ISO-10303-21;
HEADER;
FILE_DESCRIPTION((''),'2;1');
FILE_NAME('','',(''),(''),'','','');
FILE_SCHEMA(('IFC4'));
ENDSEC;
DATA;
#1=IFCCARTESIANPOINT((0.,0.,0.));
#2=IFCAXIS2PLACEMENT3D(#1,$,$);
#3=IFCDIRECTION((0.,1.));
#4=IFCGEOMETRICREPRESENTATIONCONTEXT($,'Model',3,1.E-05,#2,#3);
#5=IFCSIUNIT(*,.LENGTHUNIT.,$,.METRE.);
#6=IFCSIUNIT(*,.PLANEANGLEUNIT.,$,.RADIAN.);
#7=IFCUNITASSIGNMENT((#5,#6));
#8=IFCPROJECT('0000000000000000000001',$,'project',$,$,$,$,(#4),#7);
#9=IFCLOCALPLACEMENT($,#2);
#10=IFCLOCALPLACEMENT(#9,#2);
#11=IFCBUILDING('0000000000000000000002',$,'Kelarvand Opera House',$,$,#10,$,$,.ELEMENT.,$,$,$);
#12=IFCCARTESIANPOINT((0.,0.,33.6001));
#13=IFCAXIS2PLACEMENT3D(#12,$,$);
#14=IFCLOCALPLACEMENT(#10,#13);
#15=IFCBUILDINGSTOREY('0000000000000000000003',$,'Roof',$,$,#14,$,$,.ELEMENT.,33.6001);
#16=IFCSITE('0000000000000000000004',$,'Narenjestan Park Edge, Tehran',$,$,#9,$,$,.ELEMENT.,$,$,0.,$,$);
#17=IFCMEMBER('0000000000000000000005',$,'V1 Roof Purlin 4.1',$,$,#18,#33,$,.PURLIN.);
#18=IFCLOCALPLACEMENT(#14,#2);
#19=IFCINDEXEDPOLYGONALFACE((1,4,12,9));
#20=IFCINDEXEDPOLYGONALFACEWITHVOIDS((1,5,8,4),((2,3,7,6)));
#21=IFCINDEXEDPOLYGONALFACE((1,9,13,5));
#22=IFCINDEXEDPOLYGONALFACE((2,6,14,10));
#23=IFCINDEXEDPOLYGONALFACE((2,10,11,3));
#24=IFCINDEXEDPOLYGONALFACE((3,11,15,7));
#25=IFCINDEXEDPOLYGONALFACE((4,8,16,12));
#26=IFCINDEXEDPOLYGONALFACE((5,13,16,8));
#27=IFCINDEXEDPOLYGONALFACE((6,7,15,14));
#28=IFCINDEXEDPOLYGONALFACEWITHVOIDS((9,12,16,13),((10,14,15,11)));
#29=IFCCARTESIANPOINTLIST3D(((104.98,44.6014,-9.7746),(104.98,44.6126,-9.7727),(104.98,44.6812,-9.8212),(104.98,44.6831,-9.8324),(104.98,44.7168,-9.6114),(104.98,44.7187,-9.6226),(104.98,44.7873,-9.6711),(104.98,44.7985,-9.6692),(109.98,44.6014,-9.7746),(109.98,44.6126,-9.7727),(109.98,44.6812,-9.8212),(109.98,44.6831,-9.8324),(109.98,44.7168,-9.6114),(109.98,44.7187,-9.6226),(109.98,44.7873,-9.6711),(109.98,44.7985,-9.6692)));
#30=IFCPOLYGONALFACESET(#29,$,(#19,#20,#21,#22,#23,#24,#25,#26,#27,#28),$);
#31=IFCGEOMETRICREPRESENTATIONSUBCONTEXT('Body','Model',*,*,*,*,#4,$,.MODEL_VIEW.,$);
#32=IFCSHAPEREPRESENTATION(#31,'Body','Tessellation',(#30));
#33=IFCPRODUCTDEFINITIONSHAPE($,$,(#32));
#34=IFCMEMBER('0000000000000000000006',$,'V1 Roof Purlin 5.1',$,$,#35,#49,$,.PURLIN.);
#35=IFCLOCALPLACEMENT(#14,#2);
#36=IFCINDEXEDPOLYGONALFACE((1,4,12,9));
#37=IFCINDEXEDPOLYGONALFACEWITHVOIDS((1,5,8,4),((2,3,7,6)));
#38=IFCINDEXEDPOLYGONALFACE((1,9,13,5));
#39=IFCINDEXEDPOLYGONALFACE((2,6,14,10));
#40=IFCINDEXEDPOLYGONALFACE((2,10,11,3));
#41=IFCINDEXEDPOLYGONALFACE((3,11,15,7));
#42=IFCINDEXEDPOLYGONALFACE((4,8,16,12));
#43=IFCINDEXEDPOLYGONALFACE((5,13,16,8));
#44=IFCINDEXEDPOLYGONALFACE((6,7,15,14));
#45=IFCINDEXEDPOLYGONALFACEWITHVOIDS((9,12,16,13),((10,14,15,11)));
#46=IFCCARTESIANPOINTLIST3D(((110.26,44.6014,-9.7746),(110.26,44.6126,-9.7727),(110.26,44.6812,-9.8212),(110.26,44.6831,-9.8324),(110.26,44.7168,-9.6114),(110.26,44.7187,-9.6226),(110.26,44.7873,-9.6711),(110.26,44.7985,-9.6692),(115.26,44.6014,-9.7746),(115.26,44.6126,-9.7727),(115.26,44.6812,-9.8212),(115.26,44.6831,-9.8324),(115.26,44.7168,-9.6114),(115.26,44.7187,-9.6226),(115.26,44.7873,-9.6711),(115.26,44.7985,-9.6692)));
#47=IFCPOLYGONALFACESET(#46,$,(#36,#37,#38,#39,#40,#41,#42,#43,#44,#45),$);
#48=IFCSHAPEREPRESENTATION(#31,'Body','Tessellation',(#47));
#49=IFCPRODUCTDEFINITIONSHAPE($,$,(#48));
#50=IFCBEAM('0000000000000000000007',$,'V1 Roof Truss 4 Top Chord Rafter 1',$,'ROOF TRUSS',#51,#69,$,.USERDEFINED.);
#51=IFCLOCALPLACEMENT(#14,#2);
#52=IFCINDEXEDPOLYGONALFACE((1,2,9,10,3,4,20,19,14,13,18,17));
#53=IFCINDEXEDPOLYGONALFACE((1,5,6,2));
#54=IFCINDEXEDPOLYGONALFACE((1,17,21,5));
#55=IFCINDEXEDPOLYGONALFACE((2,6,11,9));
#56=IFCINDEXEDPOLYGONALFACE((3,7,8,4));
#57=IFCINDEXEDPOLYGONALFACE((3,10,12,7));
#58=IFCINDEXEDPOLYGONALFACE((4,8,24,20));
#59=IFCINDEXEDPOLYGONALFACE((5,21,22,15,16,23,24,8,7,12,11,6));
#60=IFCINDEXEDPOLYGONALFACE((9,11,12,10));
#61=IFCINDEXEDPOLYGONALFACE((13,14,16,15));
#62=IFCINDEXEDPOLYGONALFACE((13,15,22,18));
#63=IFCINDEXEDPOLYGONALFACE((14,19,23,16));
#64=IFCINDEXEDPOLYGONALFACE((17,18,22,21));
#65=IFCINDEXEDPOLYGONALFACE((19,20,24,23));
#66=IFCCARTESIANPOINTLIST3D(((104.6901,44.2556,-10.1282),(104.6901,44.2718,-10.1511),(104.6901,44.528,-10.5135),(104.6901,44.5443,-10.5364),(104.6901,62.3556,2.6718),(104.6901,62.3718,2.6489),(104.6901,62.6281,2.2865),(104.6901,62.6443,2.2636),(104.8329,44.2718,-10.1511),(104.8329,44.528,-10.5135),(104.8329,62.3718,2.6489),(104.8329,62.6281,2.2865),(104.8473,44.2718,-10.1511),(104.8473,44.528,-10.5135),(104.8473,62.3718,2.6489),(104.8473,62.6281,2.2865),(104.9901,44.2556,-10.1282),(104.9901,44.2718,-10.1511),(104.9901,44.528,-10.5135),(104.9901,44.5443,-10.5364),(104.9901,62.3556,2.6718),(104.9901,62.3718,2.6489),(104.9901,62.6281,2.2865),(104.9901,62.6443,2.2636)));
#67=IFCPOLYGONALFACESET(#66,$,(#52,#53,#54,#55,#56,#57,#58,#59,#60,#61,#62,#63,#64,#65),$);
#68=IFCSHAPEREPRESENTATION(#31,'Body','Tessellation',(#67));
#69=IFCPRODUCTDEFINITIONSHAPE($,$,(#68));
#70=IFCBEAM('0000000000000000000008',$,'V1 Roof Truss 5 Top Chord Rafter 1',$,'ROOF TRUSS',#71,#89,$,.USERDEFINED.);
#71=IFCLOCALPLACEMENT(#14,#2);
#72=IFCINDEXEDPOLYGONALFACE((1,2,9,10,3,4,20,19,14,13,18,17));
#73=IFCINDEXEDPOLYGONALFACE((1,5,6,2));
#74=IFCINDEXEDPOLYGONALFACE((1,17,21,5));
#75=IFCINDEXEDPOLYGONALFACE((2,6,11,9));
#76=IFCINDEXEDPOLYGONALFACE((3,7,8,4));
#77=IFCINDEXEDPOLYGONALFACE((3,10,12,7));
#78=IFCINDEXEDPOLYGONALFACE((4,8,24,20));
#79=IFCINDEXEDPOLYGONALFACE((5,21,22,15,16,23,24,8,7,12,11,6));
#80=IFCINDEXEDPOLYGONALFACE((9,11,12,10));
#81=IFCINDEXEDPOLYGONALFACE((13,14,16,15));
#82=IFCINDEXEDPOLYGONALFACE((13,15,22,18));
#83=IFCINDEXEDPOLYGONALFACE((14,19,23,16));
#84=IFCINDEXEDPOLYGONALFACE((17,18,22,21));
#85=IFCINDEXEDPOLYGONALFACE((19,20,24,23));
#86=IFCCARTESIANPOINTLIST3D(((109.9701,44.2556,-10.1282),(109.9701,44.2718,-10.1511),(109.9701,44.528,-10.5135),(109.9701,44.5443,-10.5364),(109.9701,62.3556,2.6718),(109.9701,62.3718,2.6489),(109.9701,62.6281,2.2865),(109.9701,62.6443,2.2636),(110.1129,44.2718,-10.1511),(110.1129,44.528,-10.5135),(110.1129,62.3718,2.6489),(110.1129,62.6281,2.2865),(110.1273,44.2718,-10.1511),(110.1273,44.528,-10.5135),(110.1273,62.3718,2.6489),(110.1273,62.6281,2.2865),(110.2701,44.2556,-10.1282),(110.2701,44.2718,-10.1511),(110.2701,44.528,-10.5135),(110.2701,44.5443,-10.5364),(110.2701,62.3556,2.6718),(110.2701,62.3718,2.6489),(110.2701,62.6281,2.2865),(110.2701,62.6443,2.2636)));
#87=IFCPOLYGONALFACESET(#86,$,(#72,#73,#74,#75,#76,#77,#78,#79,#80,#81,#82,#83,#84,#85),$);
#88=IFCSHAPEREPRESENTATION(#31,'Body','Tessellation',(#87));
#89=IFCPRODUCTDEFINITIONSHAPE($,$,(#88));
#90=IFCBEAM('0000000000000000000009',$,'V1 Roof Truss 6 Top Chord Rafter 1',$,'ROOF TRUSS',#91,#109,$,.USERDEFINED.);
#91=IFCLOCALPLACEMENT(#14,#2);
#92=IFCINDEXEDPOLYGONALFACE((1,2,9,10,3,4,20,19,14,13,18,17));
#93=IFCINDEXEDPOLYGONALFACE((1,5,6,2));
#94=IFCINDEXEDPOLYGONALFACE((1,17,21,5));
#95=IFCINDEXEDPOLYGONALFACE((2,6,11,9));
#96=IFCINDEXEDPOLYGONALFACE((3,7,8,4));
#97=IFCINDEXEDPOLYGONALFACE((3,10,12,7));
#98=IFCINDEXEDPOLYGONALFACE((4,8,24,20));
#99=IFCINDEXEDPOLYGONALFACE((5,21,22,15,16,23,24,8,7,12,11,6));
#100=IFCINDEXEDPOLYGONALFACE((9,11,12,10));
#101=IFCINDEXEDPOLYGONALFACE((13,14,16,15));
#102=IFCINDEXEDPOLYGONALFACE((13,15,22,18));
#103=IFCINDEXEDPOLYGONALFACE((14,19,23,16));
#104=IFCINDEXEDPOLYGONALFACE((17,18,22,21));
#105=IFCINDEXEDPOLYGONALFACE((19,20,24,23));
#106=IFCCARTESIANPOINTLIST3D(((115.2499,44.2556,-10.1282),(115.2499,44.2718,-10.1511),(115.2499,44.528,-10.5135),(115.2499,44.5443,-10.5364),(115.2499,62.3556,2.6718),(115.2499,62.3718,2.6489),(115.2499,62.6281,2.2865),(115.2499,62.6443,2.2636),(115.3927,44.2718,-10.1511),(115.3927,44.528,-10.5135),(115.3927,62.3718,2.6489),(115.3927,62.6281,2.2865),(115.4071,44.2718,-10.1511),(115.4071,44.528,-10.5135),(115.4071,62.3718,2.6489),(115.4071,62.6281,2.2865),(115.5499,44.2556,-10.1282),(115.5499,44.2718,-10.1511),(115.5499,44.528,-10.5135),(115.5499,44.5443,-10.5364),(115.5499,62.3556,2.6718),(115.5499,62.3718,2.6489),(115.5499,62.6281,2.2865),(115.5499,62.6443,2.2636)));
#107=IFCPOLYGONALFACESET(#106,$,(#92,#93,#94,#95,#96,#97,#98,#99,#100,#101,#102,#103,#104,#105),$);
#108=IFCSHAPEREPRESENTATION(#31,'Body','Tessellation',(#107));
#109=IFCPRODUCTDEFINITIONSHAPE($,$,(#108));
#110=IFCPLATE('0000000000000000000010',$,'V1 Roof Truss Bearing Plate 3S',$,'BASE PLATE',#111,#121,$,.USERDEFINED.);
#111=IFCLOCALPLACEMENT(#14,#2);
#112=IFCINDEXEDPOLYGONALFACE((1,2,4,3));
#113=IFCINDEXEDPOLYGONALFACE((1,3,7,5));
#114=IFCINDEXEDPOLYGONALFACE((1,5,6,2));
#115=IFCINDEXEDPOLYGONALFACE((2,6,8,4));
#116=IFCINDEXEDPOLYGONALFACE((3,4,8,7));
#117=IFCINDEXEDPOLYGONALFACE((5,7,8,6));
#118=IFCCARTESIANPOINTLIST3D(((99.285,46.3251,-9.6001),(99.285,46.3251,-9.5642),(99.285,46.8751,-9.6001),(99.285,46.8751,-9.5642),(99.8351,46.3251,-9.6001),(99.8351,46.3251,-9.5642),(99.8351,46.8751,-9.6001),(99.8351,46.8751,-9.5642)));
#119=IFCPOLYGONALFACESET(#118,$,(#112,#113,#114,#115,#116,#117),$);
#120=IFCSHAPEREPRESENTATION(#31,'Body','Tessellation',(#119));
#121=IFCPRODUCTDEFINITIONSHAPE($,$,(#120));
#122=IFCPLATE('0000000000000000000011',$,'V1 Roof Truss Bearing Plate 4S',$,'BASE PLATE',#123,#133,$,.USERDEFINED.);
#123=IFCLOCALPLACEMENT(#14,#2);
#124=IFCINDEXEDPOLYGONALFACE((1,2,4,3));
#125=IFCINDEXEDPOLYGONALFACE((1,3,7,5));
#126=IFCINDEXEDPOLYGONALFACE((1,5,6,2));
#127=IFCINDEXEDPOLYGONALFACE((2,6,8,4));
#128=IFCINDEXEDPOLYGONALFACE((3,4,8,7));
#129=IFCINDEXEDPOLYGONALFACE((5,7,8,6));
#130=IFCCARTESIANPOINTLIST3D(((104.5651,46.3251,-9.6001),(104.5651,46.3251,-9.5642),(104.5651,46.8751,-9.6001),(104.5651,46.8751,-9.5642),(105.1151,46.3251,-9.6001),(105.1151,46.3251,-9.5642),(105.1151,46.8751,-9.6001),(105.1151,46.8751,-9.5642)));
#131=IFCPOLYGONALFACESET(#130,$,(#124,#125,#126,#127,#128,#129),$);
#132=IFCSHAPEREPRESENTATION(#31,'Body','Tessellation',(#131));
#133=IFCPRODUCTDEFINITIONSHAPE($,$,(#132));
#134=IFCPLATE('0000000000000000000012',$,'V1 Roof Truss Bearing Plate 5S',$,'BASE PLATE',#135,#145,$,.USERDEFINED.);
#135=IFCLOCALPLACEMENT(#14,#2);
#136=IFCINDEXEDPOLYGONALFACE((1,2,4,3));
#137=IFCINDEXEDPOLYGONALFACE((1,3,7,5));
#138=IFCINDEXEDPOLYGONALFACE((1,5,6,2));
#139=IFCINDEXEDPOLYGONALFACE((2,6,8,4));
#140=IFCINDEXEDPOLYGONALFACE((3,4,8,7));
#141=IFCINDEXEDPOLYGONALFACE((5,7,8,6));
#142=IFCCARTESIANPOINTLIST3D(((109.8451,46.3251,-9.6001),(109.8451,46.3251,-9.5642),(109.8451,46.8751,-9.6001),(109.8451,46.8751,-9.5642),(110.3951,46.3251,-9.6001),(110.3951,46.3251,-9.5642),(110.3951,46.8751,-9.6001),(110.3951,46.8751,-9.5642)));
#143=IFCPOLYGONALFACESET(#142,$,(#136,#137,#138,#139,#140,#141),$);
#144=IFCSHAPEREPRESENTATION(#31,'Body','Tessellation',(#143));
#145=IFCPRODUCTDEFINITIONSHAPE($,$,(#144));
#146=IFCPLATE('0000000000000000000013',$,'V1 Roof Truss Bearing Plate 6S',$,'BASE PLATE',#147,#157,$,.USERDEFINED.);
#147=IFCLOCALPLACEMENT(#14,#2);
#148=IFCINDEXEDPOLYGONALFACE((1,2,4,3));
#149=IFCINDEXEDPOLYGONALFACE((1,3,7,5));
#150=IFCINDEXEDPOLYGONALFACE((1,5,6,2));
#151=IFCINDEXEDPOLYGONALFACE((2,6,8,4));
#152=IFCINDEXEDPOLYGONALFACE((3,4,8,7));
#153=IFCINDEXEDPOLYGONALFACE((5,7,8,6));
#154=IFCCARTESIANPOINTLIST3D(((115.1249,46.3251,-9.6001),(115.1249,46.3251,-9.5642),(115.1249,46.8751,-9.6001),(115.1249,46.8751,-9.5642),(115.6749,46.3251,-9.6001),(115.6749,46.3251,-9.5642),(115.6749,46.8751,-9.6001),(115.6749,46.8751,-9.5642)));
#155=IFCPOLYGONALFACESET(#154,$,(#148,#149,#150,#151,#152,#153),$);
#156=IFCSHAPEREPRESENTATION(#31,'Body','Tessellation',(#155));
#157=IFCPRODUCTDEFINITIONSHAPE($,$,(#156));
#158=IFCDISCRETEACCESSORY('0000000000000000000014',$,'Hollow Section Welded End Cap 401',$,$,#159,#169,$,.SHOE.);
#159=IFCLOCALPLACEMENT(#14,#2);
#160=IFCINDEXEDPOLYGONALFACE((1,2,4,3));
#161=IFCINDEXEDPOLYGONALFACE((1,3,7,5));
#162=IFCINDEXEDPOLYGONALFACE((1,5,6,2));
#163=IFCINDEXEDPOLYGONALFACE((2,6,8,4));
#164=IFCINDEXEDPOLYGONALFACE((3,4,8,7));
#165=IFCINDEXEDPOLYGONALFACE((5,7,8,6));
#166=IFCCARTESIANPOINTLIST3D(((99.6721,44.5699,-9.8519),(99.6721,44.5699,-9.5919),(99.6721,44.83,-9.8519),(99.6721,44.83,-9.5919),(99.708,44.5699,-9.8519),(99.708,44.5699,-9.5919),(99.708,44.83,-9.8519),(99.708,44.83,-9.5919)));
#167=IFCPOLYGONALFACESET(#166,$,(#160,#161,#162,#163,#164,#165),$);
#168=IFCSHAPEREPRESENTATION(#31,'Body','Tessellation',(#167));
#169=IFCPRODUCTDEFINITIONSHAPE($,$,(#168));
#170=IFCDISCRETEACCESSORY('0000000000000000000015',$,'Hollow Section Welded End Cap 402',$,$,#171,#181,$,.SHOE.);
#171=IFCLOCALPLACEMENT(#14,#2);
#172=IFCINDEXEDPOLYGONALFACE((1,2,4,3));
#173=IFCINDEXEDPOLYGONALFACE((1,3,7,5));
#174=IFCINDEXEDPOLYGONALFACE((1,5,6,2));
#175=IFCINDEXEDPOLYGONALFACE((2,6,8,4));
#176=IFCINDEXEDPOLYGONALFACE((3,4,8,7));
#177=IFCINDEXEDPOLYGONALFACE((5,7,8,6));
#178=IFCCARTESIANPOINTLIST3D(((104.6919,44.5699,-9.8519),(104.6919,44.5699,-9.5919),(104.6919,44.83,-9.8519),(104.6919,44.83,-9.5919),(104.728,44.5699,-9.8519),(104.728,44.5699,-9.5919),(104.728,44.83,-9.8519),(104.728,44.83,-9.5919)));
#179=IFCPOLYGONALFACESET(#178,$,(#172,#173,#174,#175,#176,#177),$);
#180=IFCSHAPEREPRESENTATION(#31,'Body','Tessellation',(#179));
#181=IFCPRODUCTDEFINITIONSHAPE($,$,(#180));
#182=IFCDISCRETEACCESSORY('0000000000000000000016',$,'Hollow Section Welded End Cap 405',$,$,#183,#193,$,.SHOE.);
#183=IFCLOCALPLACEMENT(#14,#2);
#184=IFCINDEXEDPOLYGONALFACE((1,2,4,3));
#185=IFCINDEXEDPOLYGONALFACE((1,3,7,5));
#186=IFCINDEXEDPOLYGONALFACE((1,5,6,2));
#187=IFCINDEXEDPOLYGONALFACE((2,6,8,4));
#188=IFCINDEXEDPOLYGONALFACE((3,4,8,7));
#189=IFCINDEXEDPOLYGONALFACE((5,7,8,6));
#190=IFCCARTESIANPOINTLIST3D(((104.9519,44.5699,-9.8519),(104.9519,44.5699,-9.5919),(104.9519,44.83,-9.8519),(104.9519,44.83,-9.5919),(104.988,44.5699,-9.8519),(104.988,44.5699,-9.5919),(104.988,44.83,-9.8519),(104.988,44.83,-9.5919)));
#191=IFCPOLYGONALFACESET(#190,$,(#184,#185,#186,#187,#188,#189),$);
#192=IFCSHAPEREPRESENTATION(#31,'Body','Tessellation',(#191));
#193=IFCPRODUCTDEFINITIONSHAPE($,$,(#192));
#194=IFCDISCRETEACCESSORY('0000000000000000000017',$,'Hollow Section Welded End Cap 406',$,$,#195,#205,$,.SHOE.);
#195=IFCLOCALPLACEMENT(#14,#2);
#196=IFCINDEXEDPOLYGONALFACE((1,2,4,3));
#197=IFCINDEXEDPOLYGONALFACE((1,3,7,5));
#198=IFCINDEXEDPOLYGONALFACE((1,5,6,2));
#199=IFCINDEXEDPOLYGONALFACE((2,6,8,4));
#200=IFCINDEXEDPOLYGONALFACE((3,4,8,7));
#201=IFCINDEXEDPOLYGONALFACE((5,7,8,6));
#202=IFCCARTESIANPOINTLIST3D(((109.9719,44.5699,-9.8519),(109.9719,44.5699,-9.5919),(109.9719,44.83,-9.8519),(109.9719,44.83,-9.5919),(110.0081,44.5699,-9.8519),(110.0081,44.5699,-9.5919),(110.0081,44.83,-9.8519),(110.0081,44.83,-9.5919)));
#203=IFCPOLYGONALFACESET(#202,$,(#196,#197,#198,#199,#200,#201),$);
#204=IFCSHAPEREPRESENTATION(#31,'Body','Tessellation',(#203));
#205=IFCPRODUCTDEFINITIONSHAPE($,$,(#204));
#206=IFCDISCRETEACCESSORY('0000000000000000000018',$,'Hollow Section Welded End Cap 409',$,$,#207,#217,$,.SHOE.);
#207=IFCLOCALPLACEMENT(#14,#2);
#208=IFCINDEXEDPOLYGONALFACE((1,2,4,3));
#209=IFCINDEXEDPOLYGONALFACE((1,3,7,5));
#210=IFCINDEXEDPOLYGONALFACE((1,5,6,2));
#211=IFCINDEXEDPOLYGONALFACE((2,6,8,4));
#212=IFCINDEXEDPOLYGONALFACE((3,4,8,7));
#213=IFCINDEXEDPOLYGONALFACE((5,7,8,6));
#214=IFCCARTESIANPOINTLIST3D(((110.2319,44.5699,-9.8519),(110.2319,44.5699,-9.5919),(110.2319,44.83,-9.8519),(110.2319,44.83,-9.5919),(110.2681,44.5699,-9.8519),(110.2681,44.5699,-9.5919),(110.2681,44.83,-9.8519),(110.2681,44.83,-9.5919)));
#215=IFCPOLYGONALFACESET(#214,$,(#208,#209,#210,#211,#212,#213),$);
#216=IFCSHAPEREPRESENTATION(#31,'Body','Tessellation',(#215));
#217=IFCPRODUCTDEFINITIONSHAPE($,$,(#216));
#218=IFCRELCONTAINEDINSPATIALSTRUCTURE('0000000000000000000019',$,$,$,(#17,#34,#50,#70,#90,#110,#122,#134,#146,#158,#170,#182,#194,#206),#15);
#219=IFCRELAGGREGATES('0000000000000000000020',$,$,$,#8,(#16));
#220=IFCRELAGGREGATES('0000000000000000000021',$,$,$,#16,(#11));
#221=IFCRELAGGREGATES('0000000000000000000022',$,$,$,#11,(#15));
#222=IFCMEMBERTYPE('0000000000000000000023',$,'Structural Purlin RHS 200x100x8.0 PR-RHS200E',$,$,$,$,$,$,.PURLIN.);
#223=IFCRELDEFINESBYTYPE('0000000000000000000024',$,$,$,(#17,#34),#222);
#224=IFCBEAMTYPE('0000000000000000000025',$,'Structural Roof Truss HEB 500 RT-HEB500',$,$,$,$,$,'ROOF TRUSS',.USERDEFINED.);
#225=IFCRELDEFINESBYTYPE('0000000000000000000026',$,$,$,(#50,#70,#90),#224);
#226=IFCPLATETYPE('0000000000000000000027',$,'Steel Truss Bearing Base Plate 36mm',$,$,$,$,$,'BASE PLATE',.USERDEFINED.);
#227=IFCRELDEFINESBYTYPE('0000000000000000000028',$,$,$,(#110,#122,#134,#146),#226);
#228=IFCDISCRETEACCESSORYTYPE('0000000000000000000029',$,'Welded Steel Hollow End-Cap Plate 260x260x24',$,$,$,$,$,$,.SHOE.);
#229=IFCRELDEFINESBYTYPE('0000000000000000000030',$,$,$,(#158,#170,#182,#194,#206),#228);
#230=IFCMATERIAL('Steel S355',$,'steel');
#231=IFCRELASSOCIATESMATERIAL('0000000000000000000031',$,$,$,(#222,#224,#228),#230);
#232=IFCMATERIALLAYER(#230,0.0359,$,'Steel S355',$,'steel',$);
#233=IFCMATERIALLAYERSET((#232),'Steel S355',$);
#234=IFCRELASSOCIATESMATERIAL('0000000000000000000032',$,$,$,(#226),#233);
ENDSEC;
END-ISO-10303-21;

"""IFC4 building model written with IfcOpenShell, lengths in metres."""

from ifc_helpers import new_model, si_unit, direction, frame, origin, origin_2d, place, context, subcontext, project, spatial, rectangle, hollow_rectangle, i_section, extrude, material, layer, layer_set, material_profile, profile_set, type_object, element, save


model = new_model("IFC4")

# Units and contexts
model_context = context("Model", 3, precision=1e-05, world=origin(), true_north=direction((0.0, 1.0)))
body_context = subcontext(model_context, "Body", "Model", "MODEL_VIEW")
ifc_project = project(units=[si_unit("LENGTHUNIT", "METRE"), si_unit("PLANEANGLEUNIT", "RADIAN")], contexts=[model_context])

# Site, building, storey
site_placement = place(None, origin())
site = spatial("IfcSite", under=ifc_project, at=site_placement, Name="Narenjestan Park Edge, Tehran", CompositionType="ELEMENT", RefElevation=0.0)
building_placement = place(site_placement, origin())
building = spatial("IfcBuilding", under=site, at=building_placement, Name="Kelarvand Opera House", CompositionType="ELEMENT")
storey_placement = place(building_placement, frame((0.0, 0.0, 33.6001)))
storey = spatial("IfcBuildingStorey", under=building, at=storey_placement, Name="Roof", CompositionType="ELEMENT", Elevation=33.6001)

# Members
ifc_material = material(Name="Steel S355", Category="steel")
ifc_material_profile_1 = material_profile(ifc_material, hollow_rectangle(XDim=0.1001, YDim=0.2, WallThickness=0.0081, at=origin_2d()), Name="RHS 200x100x8.0", Category="steel")
ifc_profile_set_1 = profile_set([ifc_material_profile_1], Name="Steel S355")
member_type_1 = type_object("IfcMemberType", Name="Structural Purlin RHS 200x100x8.0 PR-RHS200E", PredefinedType="PURLIN", material=ifc_profile_set_1)
for number, where, z_axis, x_axis, name in (
    (1, (104.98, 44.7, -9.7219), (1.0, 0.0, 0.0), (0.0, 0.81644, -0.57743), "V1 Roof Purlin 4.1"),
    (2, (110.26, 44.7, -9.7219), (1.0, 0.0, 0.0), (0.0, 0.81644, -0.57743), "V1 Roof Purlin 5.1"),
):
    element("IfcMember", number, at=place(storey_placement, frame(where, z_axis=z_axis, x_axis=x_axis)), inside=storey, type_object=member_type_1, Name=name, PredefinedType="PURLIN", context=body_context, shape_type="SweptSolid", body=[
        extrude(hollow_rectangle(XDim=0.1001, YDim=0.2, WallThickness=0.0081, at=origin_2d()), origin(), (0.0, 0.0, 1.0), 5.0),
    ])

# Beams
ifc_material_profile_2 = material_profile(ifc_material, i_section(OverallWidth=0.3, OverallDepth=0.5, WebThickness=0.0144, FlangeThickness=0.0281, at=origin_2d()), Name="HEB 500", Category="steel")
ifc_profile_set_2 = profile_set([ifc_material_profile_2], Name="Steel S355")
beam_type = type_object("IfcBeamType", Name="Structural Roof Truss HEB 500 RT-HEB500", ElementType="ROOF TRUSS", PredefinedType="USERDEFINED", material=ifc_profile_set_2)
for number, where, z_axis, x_axis, name in (
    (3, (104.8401, 44.3999, -10.3323), (0.0, 0.816468, 0.577391), (-1.0, 0.0, 0.0), "V1 Roof Truss 4 Top Chord Rafter 1"),
    (4, (110.1201, 44.3999, -10.3323), (0.0, 0.816468, 0.577391), (-1.0, 0.0, 0.0), "V1 Roof Truss 5 Top Chord Rafter 1"),
    (5, (115.3999, 44.3999, -10.3323), (0.0, 0.816468, 0.577391), (-1.0, 0.0, 0.0), "V1 Roof Truss 6 Top Chord Rafter 1"),
):
    element("IfcBeam", number, at=place(storey_placement, frame(where, z_axis=z_axis, x_axis=x_axis)), inside=storey, type_object=beam_type, Name=name, ObjectType="ROOF TRUSS", PredefinedType="USERDEFINED", context=body_context, shape_type="SweptSolid", body=[
        extrude(i_section(OverallWidth=0.3, OverallDepth=0.5, WebThickness=0.0144, FlangeThickness=0.0281, at=origin_2d()), origin(), (0.0, 0.0, 1.0), 22.1687),
    ])

# Plates
ifc_layer = layer(ifc_material, 0.0359, Name="Steel S355", Category="steel")
ifc_layer_set = layer_set([ifc_layer], Name="Steel S355")
plate_type = type_object("IfcPlateType", Name="Steel Truss Bearing Base Plate 36mm", ElementType="BASE PLATE", PredefinedType="USERDEFINED", material=ifc_layer_set)
for number, where, z_axis, x_axis, name in (
    (6, (99.5601, 46.6001, -9.6001), (0.0, 0.0, 1.0), (1.0, 0.0, 0.0), "V1 Roof Truss Bearing Plate 3S"),
    (7, (104.8401, 46.6001, -9.6001), (0.0, 0.0, 1.0), (1.0, 0.0, 0.0), "V1 Roof Truss Bearing Plate 4S"),
    (8, (110.1201, 46.6001, -9.6001), (0.0, 0.0, 1.0), (1.0, 0.0, 0.0), "V1 Roof Truss Bearing Plate 5S"),
    (9, (115.3999, 46.6001, -9.6001), (0.0, 0.0, 1.0), (1.0, 0.0, 0.0), "V1 Roof Truss Bearing Plate 6S"),
):
    element("IfcPlate", number, at=place(storey_placement, frame(where, z_axis=z_axis, x_axis=x_axis)), inside=storey, type_object=plate_type, Name=name, ObjectType="BASE PLATE", PredefinedType="USERDEFINED", context=body_context, shape_type="SweptSolid", body=[
        extrude(rectangle(XDim=0.55, YDim=0.55, at=origin_2d()), origin(), (0.0, 0.0, 1.0), 0.0359),
    ])

# Discrete accessories
ifc_material_profile_3 = material_profile(ifc_material, rectangle(XDim=0.26, YDim=0.26, at=origin_2d()), Name="Welded Steel Hollow End-Cap Plate 260x260x24", Category="steel")
ifc_profile_set_3 = profile_set([ifc_material_profile_3], Name="Steel S355")
discrete_accessory_type_1 = type_object("IfcDiscreteAccessoryType", Name="Welded Steel Hollow End-Cap Plate 260x260x24", PredefinedType="SHOE", material=ifc_profile_set_3)
discrete_accessory_placement = place(storey_placement, frame((99.708, 44.7, -9.7219), z_axis=(-1.0, 0.0, 0.0), x_axis=(0.0, -1.0, 0.0)))
element("IfcDiscreteAccessory", 10, at=discrete_accessory_placement, inside=storey, type_object=discrete_accessory_type_1, Name="Hollow Section Welded End Cap 401", PredefinedType="SHOE", context=body_context, shape_type="SweptSolid", body=[
    extrude(rectangle(XDim=0.26, YDim=0.26, at=origin_2d()), origin(), (0.0, 0.0, 1.0), 0.0359),
])
for number, where, z_axis, x_axis, name in (
    (11, (104.6919, 44.7, -9.7219), (1.0, 0.0, 0.0), (0.0, 1.0, 0.0), "Hollow Section Welded End Cap 402"),
    (12, (104.988, 44.7, -9.7219), (-1.0, 0.0, 0.0), (0.0, -1.0, 0.0), "Hollow Section Welded End Cap 405"),
    (13, (109.9719, 44.7, -9.7219), (1.0, 0.0, 0.0), (0.0, 1.0, 0.0), "Hollow Section Welded End Cap 406"),
    (14, (110.2681, 44.7, -9.7219), (-1.0, 0.0, 0.0), (0.0, -1.0, 0.0), "Hollow Section Welded End Cap 409"),
):
    element("IfcDiscreteAccessory", number, at=place(storey_placement, frame(where, z_axis=z_axis, x_axis=x_axis)), inside=storey, type_object=discrete_accessory_type_1, Name=name, PredefinedType="SHOE", context=body_context, shape_type="SweptSolid", body=[
        extrude(rectangle(XDim=0.26, YDim=0.26, at=origin_2d()), origin(), (0.0, 0.0, 1.0), 0.0361),
    ])

save(model, "model.ifc")
